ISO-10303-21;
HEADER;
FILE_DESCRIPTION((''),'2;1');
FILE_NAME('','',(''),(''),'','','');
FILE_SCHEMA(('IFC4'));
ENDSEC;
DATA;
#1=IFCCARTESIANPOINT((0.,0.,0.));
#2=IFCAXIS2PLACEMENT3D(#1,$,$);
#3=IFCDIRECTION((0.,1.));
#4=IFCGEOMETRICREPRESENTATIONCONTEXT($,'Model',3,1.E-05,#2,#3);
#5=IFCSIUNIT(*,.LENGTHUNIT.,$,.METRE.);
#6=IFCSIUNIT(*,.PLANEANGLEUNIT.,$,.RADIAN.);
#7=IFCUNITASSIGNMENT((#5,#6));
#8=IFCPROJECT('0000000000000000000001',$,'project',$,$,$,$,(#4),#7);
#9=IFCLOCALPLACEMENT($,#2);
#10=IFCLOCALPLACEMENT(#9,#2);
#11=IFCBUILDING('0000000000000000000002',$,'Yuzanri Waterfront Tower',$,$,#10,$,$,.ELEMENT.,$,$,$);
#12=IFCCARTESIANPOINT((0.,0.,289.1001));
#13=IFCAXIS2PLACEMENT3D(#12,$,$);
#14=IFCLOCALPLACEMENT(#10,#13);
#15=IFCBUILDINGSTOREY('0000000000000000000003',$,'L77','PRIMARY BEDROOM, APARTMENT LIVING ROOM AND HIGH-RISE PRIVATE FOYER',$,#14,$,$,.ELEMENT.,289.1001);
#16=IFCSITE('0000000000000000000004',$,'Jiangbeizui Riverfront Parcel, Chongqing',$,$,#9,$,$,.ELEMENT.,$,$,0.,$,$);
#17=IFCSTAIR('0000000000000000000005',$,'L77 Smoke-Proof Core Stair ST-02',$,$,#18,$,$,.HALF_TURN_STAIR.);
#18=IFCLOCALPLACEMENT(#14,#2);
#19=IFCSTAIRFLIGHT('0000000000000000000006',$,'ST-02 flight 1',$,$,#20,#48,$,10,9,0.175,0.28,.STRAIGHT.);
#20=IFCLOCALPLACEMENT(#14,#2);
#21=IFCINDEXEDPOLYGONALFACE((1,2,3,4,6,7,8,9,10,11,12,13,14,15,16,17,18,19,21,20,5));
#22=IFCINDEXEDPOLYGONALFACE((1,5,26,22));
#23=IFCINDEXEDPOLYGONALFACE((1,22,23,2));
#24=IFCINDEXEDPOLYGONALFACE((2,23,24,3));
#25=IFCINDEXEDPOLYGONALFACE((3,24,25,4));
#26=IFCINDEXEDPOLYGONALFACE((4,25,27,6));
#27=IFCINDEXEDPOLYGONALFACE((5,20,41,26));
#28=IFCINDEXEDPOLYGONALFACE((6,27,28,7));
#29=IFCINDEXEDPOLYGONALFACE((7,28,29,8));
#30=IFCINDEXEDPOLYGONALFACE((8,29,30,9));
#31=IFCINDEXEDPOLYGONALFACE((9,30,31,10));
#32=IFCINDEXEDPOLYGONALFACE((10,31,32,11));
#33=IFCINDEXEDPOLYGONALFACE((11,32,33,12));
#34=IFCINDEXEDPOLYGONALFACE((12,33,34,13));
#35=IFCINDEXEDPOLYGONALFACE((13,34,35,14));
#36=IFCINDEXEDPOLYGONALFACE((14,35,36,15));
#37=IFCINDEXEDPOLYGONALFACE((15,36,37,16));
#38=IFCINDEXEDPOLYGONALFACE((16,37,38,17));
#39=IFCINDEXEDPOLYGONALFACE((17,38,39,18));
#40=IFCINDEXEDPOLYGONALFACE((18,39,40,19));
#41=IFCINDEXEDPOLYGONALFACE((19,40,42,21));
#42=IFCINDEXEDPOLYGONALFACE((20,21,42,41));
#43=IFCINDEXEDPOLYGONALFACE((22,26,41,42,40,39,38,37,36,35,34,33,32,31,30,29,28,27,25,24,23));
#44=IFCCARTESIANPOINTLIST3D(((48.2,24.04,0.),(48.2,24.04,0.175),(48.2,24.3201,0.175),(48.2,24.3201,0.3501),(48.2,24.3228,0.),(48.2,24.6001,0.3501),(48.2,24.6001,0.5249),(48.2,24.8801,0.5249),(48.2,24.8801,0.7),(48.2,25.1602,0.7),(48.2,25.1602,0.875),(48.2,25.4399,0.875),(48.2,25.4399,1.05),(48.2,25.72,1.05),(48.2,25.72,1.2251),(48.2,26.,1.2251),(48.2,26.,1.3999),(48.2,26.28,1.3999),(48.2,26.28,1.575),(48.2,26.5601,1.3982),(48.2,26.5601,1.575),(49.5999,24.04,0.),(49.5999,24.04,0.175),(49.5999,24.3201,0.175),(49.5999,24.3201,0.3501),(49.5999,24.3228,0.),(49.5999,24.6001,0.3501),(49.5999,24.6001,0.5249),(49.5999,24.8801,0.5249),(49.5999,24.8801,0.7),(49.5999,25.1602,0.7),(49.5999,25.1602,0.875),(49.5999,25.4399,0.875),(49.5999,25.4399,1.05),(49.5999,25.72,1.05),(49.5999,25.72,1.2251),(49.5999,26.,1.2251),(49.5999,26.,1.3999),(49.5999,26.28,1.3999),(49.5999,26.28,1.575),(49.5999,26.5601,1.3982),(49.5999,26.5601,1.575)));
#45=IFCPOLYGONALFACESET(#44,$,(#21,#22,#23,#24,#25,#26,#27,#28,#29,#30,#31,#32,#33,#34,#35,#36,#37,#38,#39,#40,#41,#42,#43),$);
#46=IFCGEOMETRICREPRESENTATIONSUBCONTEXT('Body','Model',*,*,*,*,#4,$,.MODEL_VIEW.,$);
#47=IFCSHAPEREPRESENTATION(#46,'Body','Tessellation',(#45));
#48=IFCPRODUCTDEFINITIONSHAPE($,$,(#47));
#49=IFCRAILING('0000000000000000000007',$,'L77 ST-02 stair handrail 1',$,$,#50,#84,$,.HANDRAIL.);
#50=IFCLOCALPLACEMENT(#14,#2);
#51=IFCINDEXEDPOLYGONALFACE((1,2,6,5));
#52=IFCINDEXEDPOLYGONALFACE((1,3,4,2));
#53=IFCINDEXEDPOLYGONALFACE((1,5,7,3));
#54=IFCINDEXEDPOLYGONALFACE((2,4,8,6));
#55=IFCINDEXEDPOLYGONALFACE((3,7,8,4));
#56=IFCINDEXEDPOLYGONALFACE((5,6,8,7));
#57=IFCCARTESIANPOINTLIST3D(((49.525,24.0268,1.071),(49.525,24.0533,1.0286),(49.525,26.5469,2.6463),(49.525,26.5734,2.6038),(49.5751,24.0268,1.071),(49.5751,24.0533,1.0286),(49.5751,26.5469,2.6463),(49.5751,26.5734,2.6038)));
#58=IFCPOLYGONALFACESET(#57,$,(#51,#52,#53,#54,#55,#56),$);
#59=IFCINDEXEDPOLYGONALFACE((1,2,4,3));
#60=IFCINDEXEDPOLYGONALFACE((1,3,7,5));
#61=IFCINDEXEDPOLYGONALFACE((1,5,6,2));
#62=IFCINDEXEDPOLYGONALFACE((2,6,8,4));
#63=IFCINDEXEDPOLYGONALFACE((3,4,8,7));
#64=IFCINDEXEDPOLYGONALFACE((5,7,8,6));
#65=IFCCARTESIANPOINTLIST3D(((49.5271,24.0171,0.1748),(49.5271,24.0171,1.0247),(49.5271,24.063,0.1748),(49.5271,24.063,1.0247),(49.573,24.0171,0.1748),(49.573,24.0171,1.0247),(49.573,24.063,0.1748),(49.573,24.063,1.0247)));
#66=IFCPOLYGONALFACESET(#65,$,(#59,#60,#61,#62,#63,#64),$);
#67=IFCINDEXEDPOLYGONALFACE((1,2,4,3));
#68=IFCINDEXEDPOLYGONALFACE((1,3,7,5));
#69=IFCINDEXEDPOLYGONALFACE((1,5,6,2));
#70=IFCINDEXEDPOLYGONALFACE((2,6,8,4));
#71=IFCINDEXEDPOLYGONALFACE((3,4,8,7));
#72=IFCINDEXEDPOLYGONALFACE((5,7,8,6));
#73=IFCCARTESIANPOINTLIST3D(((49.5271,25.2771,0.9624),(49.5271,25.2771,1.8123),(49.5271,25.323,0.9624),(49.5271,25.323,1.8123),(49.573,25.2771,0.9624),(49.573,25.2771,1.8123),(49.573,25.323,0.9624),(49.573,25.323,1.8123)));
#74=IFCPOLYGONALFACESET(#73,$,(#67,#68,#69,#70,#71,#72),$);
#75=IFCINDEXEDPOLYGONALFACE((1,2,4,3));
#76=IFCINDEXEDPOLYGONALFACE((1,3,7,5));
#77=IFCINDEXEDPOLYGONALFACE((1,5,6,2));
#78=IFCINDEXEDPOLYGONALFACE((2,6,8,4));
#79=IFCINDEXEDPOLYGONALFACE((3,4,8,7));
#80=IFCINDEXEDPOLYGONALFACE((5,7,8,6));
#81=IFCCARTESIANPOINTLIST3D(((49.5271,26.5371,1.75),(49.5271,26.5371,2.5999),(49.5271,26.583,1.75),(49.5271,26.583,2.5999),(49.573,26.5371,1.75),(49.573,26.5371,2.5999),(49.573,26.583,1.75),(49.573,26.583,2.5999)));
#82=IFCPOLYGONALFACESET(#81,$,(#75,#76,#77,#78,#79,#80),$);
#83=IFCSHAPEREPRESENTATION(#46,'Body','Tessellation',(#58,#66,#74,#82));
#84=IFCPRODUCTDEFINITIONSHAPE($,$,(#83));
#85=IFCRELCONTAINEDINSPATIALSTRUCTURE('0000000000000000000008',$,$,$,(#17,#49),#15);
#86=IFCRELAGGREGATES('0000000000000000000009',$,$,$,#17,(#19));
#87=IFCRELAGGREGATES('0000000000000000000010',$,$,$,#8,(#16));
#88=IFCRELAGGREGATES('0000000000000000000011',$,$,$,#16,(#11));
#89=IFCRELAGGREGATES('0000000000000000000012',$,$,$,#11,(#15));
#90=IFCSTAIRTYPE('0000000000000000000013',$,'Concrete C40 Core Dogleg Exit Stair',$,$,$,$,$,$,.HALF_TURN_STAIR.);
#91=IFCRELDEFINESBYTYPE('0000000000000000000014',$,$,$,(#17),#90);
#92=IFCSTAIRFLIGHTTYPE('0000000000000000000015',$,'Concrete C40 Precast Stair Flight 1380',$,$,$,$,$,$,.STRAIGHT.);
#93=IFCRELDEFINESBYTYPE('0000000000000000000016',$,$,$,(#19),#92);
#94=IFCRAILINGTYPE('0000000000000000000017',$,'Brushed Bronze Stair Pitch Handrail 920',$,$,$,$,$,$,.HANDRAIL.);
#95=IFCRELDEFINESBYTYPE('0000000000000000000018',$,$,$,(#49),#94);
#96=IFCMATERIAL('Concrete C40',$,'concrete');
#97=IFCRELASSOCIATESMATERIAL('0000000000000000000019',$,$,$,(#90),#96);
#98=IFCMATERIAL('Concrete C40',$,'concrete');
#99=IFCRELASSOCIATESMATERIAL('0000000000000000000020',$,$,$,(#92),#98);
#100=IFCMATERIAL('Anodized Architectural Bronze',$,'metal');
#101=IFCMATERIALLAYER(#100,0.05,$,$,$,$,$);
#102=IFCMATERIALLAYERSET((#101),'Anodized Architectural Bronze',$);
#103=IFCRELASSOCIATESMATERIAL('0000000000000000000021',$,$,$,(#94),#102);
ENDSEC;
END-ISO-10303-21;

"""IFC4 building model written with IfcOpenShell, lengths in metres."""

from ifc_helpers import new_model, si_unit, direction, frame, origin, origin_2d, place, context, subcontext, project, spatial, polyline, rectangle, outline, extrude, source, transform, mapped, material, layer, layer_set, type_object, element, aggregate, save


model = new_model("IFC4")

# Units and contexts
model_context = context("Model", 3, precision=1e-05, world=origin(), true_north=direction((0.0, 1.0)))
body_context = subcontext(model_context, "Body", "Model", "MODEL_VIEW")
ifc_project = project(units=[si_unit("LENGTHUNIT", "METRE"), si_unit("PLANEANGLEUNIT", "RADIAN")], contexts=[model_context])

# Site, building, storey
site_placement = place(None, origin())
site = spatial("IfcSite", under=ifc_project, at=site_placement, Name="Jiangbeizui Riverfront Parcel, Chongqing", CompositionType="ELEMENT", RefElevation=0.0)
building_placement = place(site_placement, origin())
building = spatial("IfcBuilding", under=site, at=building_placement, Name="Yuzanri Waterfront Tower", CompositionType="ELEMENT")
storey_placement = place(building_placement, frame((0.0, 0.0, 289.1001)))
storey = spatial("IfcBuildingStorey", under=building, at=storey_placement, Name="L77", Description="PRIMARY BEDROOM, APARTMENT LIVING ROOM AND HIGH-RISE PRIVATE FOYER", CompositionType="ELEMENT", Elevation=289.1001)

# Stair, stair flight
ifc_material_1 = material(Name="Concrete C40", Category="concrete")
stair_type = type_object("IfcStairType", Name="Concrete C40 Core Dogleg Exit Stair", PredefinedType="HALF_TURN_STAIR", material=ifc_material_1)
stair_placement = place(storey_placement, origin())
stair = element("IfcStair", 1, at=stair_placement, inside=storey, type_object=stair_type, Name="L77 Smoke-Proof Core Stair ST-02", PredefinedType="HALF_TURN_STAIR")
ifc_material_2 = material(Name="Concrete C40", Category="concrete")
stair_flight_type = type_object("IfcStairFlightType", Name="Concrete C40 Precast Stair Flight 1380", PredefinedType="STRAIGHT", material=ifc_material_2)
shared_shape_1 = source(origin(), body_context, "Body", "SweptSolid", [
    extrude(outline(polyline([(0.0, 0.0), (0.0, 0.175), (0.28, 0.175), (0.28, 0.3501), (0.5601, 0.3501), (0.5601, 0.5249), (0.8401, 0.5249), (0.8401, 0.7), (1.1201, 0.7), (1.1201, 0.875), (1.3999, 0.875), (1.3999, 1.05), (1.6799, 1.05), (1.6799, 1.2251), (1.96, 1.2251), (1.96, 1.3999), (2.24, 1.3999), (2.24, 1.575), (2.52, 1.575), (2.52, 1.75), (2.52, 1.3982), (0.2827, 0.0), (0.0, 0.0)])), frame((0.0, 0.7, 0.0), z_axis=(0.0, -1.0, 0.0), x_axis=(1.0, 0.0, 0.0)), (0.0, 0.0, 1.0), 1.3999),
])
stair_flight_placement = place(storey_placement, frame((48.8999, 24.04, 0.0), z_axis=(0.0, 0.0, 1.0), x_axis=(0.0, 1.0, 0.0)))
stair_flight = element("IfcStairFlight", 2, at=stair_flight_placement, type_object=stair_flight_type, Name="ST-02 flight 1", NumberOfRisers=10, NumberOfTreads=9, PredefinedType="STRAIGHT", RiserHeight=0.175, TreadLength=0.28, context=body_context, shape_type="MappedRepresentation", body=[
    mapped(shared_shape_1, transform((0.0, 0.0, 0.0), scale=1.0)),
])
aggregate(stair, [stair_flight])

# Railing
ifc_material_3 = material(Name="Anodized Architectural Bronze", Category="metal")
ifc_layer_1 = layer(ifc_material_3, 0.05)
ifc_layer_set_1 = layer_set([ifc_layer_1], Name="Anodized Architectural Bronze")
railing_type = type_object("IfcRailingType", Name="Brushed Bronze Stair Pitch Handrail 920", PredefinedType="HANDRAIL", material=ifc_layer_set_1)
shared_shape_2 = source(origin(), body_context, "Body", "SweptSolid", [
    extrude(rectangle(XDim=0.05, YDim=0.05, at=origin_2d()), frame((0.0, 0.0, 0.875), z_axis=(0.0, 0.847971, 0.530043), x_axis=(-1.0, 0.0, 0.0)), (0.0, 0.0, 1.0), 2.9719),
    extrude(rectangle(XDim=0.0459, YDim=0.0459, at=origin_2d()), origin(), (0.0, 0.0, 1.0), 0.8499),
    extrude(rectangle(XDim=0.0459, YDim=0.0459, at=origin_2d()), frame((0.0, 1.26, 0.7876)), (0.0, 0.0, 1.0), 0.8499),
    extrude(rectangle(XDim=0.0459, YDim=0.0459, at=origin_2d()), frame((0.0, 2.52, 1.5752)), (0.0, 0.0, 1.0), 0.8499),
])
railing_placement = place(storey_placement, frame((49.55, 24.04, 0.1748)))
element("IfcRailing", 3, at=railing_placement, inside=storey, type_object=railing_type, Name="L77 ST-02 stair handrail 1", PredefinedType="HANDRAIL", context=body_context, shape_type="MappedRepresentation", body=[
    mapped(shared_shape_2, transform((0.0, 0.0, 0.0), scale=1.0)),
])

save(model, "model.ifc")
